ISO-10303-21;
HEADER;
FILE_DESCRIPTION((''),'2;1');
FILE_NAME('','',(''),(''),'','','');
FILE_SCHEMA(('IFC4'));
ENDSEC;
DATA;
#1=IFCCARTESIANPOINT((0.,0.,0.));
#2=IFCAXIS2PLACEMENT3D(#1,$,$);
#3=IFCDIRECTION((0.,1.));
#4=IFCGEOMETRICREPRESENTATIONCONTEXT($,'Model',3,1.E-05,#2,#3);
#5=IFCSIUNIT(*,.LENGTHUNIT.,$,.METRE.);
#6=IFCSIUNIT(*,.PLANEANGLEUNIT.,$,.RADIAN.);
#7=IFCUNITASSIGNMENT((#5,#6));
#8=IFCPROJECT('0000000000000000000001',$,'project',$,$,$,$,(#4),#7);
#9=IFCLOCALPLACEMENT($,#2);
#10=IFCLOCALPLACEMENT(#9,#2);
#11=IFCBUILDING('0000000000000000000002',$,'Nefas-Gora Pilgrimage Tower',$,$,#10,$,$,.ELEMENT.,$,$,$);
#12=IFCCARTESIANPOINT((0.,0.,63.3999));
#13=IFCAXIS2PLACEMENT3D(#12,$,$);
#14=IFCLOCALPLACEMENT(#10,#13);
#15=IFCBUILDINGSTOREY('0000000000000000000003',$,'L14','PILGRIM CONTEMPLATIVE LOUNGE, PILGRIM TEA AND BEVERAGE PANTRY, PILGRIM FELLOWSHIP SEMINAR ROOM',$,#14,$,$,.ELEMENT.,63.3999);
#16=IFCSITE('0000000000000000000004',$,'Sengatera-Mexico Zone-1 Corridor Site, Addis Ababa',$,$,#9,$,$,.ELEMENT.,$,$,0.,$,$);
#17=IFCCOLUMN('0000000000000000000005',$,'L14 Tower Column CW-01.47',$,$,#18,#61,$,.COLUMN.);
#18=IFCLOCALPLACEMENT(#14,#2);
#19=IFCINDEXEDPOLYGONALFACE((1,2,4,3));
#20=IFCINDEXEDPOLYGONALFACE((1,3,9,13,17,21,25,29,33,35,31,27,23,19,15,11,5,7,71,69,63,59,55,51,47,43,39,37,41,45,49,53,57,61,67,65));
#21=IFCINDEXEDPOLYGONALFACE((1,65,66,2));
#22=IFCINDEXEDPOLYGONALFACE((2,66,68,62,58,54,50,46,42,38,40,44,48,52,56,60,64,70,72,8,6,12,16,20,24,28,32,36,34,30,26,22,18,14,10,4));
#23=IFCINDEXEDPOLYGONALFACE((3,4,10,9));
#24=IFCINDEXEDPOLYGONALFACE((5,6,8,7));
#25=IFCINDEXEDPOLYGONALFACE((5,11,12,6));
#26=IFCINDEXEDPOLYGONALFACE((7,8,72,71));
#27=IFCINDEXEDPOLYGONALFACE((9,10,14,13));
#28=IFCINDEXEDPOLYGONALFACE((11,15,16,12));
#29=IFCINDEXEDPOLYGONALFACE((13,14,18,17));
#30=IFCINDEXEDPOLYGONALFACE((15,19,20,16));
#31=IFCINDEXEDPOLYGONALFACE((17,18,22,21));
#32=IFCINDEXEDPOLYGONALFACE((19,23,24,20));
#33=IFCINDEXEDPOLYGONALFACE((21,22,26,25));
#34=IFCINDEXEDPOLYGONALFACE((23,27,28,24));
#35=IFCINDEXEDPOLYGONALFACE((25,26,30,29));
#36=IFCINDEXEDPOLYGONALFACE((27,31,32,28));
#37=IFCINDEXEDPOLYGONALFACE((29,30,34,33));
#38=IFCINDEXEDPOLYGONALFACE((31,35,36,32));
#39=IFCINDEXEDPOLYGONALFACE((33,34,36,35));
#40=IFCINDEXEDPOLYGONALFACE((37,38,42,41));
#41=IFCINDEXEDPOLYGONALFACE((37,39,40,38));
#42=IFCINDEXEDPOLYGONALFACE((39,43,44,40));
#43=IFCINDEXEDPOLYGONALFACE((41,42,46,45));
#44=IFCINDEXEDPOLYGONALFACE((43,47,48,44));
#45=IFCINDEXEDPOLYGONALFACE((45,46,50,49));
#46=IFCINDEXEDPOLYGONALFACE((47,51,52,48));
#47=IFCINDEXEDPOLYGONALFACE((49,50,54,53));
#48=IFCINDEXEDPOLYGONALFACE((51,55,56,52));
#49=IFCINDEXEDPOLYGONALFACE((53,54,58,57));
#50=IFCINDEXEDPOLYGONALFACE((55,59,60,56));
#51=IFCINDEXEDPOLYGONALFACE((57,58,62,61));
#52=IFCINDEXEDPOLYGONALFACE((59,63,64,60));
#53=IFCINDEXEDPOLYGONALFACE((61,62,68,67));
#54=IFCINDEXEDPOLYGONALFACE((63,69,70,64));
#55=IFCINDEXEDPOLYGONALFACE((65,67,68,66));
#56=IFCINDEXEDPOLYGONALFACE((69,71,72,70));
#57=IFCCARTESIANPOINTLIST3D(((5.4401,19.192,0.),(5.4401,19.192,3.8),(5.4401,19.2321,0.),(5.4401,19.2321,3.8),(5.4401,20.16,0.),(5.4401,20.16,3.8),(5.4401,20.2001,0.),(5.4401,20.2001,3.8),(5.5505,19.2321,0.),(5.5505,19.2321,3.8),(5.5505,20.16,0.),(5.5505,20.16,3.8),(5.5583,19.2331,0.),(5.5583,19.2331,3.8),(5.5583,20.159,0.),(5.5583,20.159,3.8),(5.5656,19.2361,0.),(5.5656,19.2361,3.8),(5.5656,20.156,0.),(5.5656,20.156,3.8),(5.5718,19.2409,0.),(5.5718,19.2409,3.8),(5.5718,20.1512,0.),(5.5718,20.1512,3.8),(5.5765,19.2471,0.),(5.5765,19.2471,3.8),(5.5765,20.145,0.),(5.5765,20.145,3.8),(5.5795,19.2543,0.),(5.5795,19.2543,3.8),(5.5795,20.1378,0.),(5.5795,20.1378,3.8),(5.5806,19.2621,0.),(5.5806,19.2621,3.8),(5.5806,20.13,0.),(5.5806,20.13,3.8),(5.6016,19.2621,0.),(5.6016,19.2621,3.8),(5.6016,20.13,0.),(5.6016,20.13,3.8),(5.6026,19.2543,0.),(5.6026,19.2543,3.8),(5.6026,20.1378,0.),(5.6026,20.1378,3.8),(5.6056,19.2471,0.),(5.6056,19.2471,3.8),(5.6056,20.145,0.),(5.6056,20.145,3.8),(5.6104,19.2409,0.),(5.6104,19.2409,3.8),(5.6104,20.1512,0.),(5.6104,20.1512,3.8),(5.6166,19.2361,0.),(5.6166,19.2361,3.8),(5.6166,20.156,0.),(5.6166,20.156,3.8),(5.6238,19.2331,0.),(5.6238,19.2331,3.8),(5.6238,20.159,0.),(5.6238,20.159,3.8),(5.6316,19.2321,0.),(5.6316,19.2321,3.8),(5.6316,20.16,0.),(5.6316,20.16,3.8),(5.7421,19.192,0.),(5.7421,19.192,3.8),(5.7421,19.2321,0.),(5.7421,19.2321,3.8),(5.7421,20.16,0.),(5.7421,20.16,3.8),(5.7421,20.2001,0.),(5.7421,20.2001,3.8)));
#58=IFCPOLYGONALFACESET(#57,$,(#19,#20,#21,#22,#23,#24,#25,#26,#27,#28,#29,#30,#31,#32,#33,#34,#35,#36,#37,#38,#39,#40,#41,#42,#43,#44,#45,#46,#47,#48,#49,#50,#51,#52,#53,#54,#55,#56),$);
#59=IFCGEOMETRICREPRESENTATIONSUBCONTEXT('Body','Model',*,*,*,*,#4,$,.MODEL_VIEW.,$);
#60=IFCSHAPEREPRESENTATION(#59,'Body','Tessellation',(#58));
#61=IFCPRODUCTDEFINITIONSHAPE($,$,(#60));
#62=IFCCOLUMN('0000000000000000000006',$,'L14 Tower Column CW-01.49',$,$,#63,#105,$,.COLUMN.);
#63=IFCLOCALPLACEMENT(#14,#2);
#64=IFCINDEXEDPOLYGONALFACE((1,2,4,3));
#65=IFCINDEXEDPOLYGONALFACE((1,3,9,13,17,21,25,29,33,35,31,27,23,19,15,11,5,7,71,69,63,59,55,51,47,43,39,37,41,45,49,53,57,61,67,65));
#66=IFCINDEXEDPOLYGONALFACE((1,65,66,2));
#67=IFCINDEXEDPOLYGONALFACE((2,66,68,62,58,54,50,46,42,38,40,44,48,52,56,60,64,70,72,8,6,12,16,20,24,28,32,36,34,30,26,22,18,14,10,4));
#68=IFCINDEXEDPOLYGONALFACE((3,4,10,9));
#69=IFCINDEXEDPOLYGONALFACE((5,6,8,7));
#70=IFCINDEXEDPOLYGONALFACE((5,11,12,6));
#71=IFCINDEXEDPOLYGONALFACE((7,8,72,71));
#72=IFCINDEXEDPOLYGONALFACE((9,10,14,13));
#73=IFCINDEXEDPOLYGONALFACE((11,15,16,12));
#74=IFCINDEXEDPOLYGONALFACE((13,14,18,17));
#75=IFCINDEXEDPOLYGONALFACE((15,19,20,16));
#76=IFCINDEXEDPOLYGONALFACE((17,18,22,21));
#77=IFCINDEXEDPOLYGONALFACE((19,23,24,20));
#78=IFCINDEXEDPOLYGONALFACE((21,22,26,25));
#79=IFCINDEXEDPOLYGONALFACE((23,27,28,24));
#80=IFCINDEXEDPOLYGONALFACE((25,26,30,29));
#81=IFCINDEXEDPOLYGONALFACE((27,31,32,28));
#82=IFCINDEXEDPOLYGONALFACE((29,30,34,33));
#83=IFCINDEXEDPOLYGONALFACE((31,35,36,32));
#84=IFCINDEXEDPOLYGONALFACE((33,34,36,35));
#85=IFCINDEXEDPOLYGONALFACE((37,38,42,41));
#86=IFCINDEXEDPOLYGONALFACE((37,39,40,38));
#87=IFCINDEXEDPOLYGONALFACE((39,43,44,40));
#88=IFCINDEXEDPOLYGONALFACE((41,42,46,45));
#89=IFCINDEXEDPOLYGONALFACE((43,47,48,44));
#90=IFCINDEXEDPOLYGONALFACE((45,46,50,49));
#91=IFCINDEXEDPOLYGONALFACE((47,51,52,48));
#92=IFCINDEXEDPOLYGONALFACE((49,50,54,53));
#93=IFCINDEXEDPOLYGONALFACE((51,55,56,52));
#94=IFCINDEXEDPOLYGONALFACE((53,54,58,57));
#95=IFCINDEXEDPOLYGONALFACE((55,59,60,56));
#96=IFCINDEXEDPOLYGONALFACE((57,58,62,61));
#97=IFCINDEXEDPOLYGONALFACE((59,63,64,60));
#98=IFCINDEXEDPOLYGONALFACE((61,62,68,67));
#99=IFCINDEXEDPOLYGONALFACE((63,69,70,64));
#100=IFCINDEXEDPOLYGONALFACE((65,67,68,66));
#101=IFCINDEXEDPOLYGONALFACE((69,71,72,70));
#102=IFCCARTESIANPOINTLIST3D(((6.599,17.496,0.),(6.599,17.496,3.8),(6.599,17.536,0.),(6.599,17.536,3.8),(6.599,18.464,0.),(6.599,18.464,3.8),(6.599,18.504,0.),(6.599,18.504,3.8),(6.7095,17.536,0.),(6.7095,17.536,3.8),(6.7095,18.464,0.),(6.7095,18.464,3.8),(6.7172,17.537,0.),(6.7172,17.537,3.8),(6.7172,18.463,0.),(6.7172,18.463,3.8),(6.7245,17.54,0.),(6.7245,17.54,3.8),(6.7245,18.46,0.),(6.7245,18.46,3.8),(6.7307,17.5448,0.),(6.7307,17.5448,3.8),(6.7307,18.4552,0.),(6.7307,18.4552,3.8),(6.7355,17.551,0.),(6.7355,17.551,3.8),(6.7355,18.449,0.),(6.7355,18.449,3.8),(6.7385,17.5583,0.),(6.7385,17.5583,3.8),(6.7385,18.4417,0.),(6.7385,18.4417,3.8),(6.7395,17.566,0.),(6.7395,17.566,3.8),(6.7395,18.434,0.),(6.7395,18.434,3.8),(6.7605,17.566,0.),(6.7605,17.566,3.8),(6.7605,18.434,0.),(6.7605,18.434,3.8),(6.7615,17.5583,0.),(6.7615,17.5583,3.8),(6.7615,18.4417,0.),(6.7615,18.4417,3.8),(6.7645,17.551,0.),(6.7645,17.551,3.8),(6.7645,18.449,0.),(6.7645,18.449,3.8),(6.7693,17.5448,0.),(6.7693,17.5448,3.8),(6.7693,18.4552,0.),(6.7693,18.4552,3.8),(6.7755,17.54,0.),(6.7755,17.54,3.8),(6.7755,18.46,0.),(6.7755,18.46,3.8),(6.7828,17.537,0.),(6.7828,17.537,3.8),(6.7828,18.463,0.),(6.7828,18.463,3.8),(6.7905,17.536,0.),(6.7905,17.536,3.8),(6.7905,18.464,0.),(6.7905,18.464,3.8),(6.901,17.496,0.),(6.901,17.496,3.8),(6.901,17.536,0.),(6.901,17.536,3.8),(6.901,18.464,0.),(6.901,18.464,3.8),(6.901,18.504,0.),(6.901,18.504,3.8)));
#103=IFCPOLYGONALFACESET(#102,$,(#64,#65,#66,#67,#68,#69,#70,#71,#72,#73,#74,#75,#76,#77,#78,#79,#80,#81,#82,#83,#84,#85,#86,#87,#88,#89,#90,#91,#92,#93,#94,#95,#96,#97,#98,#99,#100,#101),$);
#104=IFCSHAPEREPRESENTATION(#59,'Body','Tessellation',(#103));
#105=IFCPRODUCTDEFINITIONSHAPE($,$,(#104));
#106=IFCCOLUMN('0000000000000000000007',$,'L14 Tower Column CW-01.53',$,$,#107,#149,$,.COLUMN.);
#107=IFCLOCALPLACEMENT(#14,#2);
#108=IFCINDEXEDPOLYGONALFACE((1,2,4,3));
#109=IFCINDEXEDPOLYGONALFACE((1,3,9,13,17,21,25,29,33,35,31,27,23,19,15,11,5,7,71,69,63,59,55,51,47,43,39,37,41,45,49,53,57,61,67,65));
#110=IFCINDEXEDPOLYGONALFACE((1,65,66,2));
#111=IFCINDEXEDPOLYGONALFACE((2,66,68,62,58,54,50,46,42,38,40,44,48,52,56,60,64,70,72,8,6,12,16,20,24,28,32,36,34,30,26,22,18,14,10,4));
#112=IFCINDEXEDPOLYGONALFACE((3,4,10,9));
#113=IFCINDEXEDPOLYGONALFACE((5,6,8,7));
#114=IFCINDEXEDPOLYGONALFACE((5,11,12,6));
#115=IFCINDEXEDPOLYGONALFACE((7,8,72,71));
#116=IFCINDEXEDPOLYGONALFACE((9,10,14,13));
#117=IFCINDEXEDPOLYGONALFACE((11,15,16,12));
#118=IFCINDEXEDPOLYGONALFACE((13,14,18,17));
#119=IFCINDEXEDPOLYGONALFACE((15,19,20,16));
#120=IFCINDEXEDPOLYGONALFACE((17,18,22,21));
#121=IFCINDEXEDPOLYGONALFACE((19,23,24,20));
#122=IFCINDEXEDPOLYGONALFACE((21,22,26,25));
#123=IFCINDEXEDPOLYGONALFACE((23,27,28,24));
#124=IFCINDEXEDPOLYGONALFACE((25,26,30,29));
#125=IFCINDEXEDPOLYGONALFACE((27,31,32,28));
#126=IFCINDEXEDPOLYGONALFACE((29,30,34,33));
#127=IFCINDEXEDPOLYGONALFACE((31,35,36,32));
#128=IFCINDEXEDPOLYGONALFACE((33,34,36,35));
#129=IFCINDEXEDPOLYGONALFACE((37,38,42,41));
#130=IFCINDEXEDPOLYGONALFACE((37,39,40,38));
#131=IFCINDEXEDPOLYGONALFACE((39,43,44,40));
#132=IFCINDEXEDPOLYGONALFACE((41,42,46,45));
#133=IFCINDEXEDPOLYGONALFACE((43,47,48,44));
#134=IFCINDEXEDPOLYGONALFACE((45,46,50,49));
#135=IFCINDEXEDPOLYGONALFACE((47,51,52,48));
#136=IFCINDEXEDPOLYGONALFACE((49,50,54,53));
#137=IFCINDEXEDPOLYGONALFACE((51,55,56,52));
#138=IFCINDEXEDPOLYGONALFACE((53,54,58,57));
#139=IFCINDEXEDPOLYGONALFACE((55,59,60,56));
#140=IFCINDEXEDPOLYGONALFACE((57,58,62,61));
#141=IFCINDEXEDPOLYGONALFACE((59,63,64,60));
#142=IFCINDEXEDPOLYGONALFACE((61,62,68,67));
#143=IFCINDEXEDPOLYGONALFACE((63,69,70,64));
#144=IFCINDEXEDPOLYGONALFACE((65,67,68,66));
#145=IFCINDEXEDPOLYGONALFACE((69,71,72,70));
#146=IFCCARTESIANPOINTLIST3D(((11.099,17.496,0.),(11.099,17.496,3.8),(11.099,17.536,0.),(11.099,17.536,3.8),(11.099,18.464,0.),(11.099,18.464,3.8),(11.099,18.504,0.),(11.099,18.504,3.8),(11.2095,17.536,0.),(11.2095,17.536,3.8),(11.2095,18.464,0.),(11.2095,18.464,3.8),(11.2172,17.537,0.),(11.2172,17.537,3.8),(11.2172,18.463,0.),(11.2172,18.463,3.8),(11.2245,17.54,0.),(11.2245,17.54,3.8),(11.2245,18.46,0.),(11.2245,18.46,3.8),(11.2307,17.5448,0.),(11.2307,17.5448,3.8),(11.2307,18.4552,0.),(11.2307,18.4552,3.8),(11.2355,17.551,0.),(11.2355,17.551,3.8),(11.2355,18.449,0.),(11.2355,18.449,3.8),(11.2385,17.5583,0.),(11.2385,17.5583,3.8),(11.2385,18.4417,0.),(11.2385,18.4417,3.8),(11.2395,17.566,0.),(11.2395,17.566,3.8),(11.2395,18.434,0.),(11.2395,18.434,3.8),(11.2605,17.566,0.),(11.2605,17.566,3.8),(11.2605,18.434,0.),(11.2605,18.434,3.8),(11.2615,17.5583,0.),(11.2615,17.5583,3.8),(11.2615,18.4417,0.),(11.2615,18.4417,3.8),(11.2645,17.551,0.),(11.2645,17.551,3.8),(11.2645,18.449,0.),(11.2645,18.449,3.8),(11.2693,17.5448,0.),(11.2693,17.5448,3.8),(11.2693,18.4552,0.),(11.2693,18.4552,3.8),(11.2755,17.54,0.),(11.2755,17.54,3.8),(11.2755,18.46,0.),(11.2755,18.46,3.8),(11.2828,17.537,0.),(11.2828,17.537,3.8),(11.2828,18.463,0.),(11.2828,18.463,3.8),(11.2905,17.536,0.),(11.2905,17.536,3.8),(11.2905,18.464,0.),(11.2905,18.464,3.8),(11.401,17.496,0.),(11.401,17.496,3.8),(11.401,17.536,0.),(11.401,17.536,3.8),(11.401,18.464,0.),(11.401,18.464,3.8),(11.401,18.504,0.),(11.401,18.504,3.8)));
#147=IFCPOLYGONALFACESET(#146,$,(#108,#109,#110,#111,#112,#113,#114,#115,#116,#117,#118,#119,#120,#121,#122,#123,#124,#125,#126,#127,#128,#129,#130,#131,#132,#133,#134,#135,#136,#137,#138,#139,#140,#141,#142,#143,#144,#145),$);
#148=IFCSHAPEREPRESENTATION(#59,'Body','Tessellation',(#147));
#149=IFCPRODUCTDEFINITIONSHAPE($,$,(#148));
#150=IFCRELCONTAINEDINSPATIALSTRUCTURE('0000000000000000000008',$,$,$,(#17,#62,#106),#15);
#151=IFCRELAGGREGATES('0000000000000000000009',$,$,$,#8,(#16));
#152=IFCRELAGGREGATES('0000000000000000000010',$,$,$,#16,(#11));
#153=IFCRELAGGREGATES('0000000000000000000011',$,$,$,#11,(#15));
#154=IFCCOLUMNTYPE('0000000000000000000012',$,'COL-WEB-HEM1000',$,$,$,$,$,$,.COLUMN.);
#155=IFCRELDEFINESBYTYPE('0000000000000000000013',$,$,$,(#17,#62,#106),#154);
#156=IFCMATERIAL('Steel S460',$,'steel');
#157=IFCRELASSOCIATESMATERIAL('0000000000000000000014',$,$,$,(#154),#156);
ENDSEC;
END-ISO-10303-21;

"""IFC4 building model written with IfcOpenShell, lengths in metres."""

from ifc_helpers import new_model, si_unit, direction, frame, origin, origin_2d, place, context, subcontext, project, spatial, i_section, extrude, source, transform, mapped, material, material_profile, profile_set, type_object, element, save


model = new_model("IFC4")

# Units and contexts
model_context = context("Model", 3, precision=1e-05, world=origin(), true_north=direction((0.0, 1.0)))
body_context = subcontext(model_context, "Body", "Model", "MODEL_VIEW")
ifc_project = project(units=[si_unit("LENGTHUNIT", "METRE"), si_unit("PLANEANGLEUNIT", "RADIAN")], contexts=[model_context])

# Site, building, storey
site_placement = place(None, origin())
site = spatial("IfcSite", under=ifc_project, at=site_placement, Name="Sengatera-Mexico Zone-1 Corridor Site, Addis Ababa", CompositionType="ELEMENT", RefElevation=0.0)
building_placement = place(site_placement, origin())
building = spatial("IfcBuilding", under=site, at=building_placement, Name="Nefas-Gora Pilgrimage Tower", CompositionType="ELEMENT")
storey_placement = place(building_placement, frame((0.0, 0.0, 63.3999)))
storey = spatial("IfcBuildingStorey", under=building, at=storey_placement, Name="L14", Description="PILGRIM CONTEMPLATIVE LOUNGE, PILGRIM TEA AND BEVERAGE PANTRY, PILGRIM FELLOWSHIP SEMINAR ROOM", CompositionType="ELEMENT", Elevation=63.3999)

# Columns
ifc_material_1 = material(Name="Steel S460", Category="steel")
ifc_material_profile_1 = material_profile(ifc_material_1, i_section(OverallWidth=0.302, OverallDepth=1.0081, WebThickness=0.021, FlangeThickness=0.04, FilletRadius=0.03, at=origin_2d()), Name="HEM 1000")
ifc_profile_set_1 = profile_set([ifc_material_profile_1], Name="Steel S460")
column_type_1 = type_object("IfcColumnType", Name="COL-WEB-HEM1000", PredefinedType="COLUMN", material=ifc_profile_set_1)
shared_shape_1 = source(origin(), body_context, "Body", "SweptSolid", [
    extrude(i_section(OverallWidth=0.302, OverallDepth=1.0081, WebThickness=0.021, FlangeThickness=0.04, FilletRadius=0.03, at=origin_2d()), origin(), (0.0, 0.0, 1.0), 3.8),
])
for number, where, z_axis, x_axis, name in (
    (1, (5.5911, 19.696, 0.0), (0.0, 0.0, 1.0), (1.0, 0.0, 0.0), "L14 Tower Column CW-01.47"),
    (2, (6.75, 18.0, 0.0), (0.0, 0.0, 1.0), (1.0, 0.0, 0.0), "L14 Tower Column CW-01.49"),
    (3, (11.25, 18.0, 0.0), (0.0, 0.0, 1.0), (1.0, 0.0, 0.0), "L14 Tower Column CW-01.53"),
):
    element("IfcColumn", number, at=place(storey_placement, frame(where, z_axis=z_axis, x_axis=x_axis)), inside=storey, type_object=column_type_1, Name=name, PredefinedType="COLUMN", context=body_context, shape_type="MappedRepresentation", body=[
        mapped(shared_shape_1, transform((0.0, 0.0, 0.0), x_axis=(1.0, 0.0, 0.0), y_axis=(0.0, 1.0, 0.0), z_axis=(0.0, 0.0, 1.0), scale=1.0)),
    ])

save(model, "model.ifc")
